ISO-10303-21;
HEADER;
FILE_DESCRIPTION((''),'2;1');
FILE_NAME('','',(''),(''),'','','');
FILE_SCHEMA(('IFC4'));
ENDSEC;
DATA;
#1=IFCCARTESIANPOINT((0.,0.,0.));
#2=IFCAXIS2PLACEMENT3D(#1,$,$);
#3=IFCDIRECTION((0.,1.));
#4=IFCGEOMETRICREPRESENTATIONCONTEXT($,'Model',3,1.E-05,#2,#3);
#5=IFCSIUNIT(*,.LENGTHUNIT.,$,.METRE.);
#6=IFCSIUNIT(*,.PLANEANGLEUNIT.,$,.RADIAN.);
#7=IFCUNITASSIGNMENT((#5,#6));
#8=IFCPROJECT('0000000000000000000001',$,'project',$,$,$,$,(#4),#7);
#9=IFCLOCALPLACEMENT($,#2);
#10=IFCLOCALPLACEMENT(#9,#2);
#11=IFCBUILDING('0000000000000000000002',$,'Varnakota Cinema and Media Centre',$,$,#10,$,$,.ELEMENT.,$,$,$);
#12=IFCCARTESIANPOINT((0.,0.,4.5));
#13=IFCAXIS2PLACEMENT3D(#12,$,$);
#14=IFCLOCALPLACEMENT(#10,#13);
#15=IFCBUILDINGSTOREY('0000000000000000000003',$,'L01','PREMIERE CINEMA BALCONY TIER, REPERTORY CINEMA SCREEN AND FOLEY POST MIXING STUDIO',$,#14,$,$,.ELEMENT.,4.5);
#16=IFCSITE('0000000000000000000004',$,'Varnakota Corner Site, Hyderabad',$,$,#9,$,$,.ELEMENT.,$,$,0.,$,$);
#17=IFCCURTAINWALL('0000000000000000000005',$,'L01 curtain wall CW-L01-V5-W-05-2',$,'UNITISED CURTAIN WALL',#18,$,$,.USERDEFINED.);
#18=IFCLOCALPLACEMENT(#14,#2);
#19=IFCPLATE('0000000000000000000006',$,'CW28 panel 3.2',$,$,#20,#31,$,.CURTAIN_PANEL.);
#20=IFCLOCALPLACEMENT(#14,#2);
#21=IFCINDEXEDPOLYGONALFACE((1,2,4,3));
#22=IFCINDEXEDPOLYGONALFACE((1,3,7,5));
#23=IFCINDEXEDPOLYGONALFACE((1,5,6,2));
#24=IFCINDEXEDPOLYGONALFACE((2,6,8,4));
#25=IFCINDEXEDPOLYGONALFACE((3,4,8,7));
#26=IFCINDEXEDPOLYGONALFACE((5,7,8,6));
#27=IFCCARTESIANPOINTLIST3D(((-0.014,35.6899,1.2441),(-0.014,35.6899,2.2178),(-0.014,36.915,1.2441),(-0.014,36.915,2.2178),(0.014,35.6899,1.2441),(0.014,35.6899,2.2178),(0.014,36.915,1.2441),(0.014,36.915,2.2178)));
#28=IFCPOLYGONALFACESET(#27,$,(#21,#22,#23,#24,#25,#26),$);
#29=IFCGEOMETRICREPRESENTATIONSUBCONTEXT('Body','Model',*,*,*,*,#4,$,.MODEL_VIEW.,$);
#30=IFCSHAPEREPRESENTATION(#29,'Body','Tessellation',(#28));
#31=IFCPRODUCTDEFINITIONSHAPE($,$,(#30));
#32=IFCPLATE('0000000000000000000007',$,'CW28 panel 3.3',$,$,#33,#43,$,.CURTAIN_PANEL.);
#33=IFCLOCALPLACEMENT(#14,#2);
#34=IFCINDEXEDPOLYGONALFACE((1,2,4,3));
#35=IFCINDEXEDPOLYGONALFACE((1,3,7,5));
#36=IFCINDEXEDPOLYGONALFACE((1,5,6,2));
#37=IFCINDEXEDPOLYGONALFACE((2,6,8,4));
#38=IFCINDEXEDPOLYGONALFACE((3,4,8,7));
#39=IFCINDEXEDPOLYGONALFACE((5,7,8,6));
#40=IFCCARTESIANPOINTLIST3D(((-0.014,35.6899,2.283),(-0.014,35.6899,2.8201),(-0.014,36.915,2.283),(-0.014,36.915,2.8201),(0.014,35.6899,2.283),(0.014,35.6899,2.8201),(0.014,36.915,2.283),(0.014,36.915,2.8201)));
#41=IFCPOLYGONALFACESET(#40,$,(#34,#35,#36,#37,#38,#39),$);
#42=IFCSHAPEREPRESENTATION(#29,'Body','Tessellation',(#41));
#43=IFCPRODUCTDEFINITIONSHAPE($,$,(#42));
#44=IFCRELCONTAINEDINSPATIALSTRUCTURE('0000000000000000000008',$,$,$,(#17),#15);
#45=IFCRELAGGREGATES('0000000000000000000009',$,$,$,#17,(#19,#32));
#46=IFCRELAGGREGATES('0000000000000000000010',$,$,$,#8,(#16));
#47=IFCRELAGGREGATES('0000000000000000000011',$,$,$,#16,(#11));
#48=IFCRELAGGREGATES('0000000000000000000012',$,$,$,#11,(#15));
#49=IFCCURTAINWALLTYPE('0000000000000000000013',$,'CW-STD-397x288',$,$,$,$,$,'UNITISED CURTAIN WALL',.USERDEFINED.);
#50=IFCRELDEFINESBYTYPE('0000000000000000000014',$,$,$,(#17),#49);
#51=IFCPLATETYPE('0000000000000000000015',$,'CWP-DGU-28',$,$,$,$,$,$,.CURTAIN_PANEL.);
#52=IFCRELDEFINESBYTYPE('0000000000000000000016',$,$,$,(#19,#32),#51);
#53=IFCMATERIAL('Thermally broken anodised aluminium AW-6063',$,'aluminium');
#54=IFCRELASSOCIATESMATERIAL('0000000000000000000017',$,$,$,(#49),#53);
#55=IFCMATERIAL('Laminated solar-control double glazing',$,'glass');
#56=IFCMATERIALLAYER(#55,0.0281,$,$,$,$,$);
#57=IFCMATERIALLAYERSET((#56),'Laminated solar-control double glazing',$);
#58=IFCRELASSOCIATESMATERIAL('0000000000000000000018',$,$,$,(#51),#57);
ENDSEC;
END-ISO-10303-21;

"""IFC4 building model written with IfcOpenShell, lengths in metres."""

from ifc_helpers import new_model, si_unit, direction, frame, origin, origin_2d, place, context, subcontext, project, spatial, rectangle, extrude, material, layer, layer_set, type_object, element, aggregate, save


model = new_model("IFC4")

# Units and contexts
model_context = context("Model", 3, precision=1e-05, world=origin(), true_north=direction((0.0, 1.0)))
body_context = subcontext(model_context, "Body", "Model", "MODEL_VIEW")
ifc_project = project(units=[si_unit("LENGTHUNIT", "METRE"), si_unit("PLANEANGLEUNIT", "RADIAN")], contexts=[model_context])

# Site, building, storey
site_placement = place(None, origin())
site = spatial("IfcSite", under=ifc_project, at=site_placement, Name="Varnakota Corner Site, Hyderabad", CompositionType="ELEMENT", RefElevation=0.0)
building_placement = place(site_placement, origin())
building = spatial("IfcBuilding", under=site, at=building_placement, Name="Varnakota Cinema and Media Centre", CompositionType="ELEMENT")
storey_placement = place(building_placement, frame((0.0, 0.0, 4.5)))
storey = spatial("IfcBuildingStorey", under=building, at=storey_placement, Name="L01", Description="PREMIERE CINEMA BALCONY TIER, REPERTORY CINEMA SCREEN AND FOLEY POST MIXING STUDIO", CompositionType="ELEMENT", Elevation=4.5)

# Shared definitions
ifc_material_1 = material(Name="Thermally broken anodised aluminium AW-6063", Category="aluminium")
curtain_wall_type = type_object("IfcCurtainWallType", Name="CW-STD-397x288", ElementType="UNITISED CURTAIN WALL", PredefinedType="USERDEFINED", material=ifc_material_1)

# Curtain wall
curtain_wall_1_placement = place(storey_placement, origin())
curtain_wall_1 = element("IfcCurtainWall", 1, at=curtain_wall_1_placement, inside=storey, type_object=curtain_wall_type, Name="L01 curtain wall CW-L01-V5-W-05-2", ObjectType="UNITISED CURTAIN WALL", PredefinedType="USERDEFINED")

# Plates
ifc_material_2 = material(Name="Laminated solar-control double glazing", Category="glass")
ifc_layer = layer(ifc_material_2, 0.0281)
ifc_layer_set = layer_set([ifc_layer], Name="Laminated solar-control double glazing")
plate_type = type_object("IfcPlateType", Name="CWP-DGU-28", PredefinedType="CURTAIN_PANEL", material=ifc_layer_set)
plate_1_placement = place(storey_placement, frame((0.0, 36.3025, 1.2441), z_axis=(0.0, 0.0, 1.0), x_axis=(0.0, -1.0, 0.0)))
plate_1 = element("IfcPlate", 2, at=plate_1_placement, type_object=plate_type, Name="CW28 panel 3.2", PredefinedType="CURTAIN_PANEL", context=body_context, shape_type="SweptSolid", body=[
    extrude(rectangle(XDim=1.2251, YDim=0.0281, at=origin_2d()), origin(), (0.0, 0.0, 1.0), 0.9736),
])
plate_2_placement = place(storey_placement, frame((0.0, 36.3025, 2.283), z_axis=(0.0, 0.0, 1.0), x_axis=(0.0, -1.0, 0.0)))
plate_2 = element("IfcPlate", 3, at=plate_2_placement, type_object=plate_type, Name="CW28 panel 3.3", PredefinedType="CURTAIN_PANEL", context=body_context, shape_type="SweptSolid", body=[
    extrude(rectangle(XDim=1.2251, YDim=0.0281, at=origin_2d()), origin(), (0.0, 0.0, 1.0), 0.5371),
])
aggregate(curtain_wall_1, [plate_1, plate_2])

save(model, "model.ifc")
